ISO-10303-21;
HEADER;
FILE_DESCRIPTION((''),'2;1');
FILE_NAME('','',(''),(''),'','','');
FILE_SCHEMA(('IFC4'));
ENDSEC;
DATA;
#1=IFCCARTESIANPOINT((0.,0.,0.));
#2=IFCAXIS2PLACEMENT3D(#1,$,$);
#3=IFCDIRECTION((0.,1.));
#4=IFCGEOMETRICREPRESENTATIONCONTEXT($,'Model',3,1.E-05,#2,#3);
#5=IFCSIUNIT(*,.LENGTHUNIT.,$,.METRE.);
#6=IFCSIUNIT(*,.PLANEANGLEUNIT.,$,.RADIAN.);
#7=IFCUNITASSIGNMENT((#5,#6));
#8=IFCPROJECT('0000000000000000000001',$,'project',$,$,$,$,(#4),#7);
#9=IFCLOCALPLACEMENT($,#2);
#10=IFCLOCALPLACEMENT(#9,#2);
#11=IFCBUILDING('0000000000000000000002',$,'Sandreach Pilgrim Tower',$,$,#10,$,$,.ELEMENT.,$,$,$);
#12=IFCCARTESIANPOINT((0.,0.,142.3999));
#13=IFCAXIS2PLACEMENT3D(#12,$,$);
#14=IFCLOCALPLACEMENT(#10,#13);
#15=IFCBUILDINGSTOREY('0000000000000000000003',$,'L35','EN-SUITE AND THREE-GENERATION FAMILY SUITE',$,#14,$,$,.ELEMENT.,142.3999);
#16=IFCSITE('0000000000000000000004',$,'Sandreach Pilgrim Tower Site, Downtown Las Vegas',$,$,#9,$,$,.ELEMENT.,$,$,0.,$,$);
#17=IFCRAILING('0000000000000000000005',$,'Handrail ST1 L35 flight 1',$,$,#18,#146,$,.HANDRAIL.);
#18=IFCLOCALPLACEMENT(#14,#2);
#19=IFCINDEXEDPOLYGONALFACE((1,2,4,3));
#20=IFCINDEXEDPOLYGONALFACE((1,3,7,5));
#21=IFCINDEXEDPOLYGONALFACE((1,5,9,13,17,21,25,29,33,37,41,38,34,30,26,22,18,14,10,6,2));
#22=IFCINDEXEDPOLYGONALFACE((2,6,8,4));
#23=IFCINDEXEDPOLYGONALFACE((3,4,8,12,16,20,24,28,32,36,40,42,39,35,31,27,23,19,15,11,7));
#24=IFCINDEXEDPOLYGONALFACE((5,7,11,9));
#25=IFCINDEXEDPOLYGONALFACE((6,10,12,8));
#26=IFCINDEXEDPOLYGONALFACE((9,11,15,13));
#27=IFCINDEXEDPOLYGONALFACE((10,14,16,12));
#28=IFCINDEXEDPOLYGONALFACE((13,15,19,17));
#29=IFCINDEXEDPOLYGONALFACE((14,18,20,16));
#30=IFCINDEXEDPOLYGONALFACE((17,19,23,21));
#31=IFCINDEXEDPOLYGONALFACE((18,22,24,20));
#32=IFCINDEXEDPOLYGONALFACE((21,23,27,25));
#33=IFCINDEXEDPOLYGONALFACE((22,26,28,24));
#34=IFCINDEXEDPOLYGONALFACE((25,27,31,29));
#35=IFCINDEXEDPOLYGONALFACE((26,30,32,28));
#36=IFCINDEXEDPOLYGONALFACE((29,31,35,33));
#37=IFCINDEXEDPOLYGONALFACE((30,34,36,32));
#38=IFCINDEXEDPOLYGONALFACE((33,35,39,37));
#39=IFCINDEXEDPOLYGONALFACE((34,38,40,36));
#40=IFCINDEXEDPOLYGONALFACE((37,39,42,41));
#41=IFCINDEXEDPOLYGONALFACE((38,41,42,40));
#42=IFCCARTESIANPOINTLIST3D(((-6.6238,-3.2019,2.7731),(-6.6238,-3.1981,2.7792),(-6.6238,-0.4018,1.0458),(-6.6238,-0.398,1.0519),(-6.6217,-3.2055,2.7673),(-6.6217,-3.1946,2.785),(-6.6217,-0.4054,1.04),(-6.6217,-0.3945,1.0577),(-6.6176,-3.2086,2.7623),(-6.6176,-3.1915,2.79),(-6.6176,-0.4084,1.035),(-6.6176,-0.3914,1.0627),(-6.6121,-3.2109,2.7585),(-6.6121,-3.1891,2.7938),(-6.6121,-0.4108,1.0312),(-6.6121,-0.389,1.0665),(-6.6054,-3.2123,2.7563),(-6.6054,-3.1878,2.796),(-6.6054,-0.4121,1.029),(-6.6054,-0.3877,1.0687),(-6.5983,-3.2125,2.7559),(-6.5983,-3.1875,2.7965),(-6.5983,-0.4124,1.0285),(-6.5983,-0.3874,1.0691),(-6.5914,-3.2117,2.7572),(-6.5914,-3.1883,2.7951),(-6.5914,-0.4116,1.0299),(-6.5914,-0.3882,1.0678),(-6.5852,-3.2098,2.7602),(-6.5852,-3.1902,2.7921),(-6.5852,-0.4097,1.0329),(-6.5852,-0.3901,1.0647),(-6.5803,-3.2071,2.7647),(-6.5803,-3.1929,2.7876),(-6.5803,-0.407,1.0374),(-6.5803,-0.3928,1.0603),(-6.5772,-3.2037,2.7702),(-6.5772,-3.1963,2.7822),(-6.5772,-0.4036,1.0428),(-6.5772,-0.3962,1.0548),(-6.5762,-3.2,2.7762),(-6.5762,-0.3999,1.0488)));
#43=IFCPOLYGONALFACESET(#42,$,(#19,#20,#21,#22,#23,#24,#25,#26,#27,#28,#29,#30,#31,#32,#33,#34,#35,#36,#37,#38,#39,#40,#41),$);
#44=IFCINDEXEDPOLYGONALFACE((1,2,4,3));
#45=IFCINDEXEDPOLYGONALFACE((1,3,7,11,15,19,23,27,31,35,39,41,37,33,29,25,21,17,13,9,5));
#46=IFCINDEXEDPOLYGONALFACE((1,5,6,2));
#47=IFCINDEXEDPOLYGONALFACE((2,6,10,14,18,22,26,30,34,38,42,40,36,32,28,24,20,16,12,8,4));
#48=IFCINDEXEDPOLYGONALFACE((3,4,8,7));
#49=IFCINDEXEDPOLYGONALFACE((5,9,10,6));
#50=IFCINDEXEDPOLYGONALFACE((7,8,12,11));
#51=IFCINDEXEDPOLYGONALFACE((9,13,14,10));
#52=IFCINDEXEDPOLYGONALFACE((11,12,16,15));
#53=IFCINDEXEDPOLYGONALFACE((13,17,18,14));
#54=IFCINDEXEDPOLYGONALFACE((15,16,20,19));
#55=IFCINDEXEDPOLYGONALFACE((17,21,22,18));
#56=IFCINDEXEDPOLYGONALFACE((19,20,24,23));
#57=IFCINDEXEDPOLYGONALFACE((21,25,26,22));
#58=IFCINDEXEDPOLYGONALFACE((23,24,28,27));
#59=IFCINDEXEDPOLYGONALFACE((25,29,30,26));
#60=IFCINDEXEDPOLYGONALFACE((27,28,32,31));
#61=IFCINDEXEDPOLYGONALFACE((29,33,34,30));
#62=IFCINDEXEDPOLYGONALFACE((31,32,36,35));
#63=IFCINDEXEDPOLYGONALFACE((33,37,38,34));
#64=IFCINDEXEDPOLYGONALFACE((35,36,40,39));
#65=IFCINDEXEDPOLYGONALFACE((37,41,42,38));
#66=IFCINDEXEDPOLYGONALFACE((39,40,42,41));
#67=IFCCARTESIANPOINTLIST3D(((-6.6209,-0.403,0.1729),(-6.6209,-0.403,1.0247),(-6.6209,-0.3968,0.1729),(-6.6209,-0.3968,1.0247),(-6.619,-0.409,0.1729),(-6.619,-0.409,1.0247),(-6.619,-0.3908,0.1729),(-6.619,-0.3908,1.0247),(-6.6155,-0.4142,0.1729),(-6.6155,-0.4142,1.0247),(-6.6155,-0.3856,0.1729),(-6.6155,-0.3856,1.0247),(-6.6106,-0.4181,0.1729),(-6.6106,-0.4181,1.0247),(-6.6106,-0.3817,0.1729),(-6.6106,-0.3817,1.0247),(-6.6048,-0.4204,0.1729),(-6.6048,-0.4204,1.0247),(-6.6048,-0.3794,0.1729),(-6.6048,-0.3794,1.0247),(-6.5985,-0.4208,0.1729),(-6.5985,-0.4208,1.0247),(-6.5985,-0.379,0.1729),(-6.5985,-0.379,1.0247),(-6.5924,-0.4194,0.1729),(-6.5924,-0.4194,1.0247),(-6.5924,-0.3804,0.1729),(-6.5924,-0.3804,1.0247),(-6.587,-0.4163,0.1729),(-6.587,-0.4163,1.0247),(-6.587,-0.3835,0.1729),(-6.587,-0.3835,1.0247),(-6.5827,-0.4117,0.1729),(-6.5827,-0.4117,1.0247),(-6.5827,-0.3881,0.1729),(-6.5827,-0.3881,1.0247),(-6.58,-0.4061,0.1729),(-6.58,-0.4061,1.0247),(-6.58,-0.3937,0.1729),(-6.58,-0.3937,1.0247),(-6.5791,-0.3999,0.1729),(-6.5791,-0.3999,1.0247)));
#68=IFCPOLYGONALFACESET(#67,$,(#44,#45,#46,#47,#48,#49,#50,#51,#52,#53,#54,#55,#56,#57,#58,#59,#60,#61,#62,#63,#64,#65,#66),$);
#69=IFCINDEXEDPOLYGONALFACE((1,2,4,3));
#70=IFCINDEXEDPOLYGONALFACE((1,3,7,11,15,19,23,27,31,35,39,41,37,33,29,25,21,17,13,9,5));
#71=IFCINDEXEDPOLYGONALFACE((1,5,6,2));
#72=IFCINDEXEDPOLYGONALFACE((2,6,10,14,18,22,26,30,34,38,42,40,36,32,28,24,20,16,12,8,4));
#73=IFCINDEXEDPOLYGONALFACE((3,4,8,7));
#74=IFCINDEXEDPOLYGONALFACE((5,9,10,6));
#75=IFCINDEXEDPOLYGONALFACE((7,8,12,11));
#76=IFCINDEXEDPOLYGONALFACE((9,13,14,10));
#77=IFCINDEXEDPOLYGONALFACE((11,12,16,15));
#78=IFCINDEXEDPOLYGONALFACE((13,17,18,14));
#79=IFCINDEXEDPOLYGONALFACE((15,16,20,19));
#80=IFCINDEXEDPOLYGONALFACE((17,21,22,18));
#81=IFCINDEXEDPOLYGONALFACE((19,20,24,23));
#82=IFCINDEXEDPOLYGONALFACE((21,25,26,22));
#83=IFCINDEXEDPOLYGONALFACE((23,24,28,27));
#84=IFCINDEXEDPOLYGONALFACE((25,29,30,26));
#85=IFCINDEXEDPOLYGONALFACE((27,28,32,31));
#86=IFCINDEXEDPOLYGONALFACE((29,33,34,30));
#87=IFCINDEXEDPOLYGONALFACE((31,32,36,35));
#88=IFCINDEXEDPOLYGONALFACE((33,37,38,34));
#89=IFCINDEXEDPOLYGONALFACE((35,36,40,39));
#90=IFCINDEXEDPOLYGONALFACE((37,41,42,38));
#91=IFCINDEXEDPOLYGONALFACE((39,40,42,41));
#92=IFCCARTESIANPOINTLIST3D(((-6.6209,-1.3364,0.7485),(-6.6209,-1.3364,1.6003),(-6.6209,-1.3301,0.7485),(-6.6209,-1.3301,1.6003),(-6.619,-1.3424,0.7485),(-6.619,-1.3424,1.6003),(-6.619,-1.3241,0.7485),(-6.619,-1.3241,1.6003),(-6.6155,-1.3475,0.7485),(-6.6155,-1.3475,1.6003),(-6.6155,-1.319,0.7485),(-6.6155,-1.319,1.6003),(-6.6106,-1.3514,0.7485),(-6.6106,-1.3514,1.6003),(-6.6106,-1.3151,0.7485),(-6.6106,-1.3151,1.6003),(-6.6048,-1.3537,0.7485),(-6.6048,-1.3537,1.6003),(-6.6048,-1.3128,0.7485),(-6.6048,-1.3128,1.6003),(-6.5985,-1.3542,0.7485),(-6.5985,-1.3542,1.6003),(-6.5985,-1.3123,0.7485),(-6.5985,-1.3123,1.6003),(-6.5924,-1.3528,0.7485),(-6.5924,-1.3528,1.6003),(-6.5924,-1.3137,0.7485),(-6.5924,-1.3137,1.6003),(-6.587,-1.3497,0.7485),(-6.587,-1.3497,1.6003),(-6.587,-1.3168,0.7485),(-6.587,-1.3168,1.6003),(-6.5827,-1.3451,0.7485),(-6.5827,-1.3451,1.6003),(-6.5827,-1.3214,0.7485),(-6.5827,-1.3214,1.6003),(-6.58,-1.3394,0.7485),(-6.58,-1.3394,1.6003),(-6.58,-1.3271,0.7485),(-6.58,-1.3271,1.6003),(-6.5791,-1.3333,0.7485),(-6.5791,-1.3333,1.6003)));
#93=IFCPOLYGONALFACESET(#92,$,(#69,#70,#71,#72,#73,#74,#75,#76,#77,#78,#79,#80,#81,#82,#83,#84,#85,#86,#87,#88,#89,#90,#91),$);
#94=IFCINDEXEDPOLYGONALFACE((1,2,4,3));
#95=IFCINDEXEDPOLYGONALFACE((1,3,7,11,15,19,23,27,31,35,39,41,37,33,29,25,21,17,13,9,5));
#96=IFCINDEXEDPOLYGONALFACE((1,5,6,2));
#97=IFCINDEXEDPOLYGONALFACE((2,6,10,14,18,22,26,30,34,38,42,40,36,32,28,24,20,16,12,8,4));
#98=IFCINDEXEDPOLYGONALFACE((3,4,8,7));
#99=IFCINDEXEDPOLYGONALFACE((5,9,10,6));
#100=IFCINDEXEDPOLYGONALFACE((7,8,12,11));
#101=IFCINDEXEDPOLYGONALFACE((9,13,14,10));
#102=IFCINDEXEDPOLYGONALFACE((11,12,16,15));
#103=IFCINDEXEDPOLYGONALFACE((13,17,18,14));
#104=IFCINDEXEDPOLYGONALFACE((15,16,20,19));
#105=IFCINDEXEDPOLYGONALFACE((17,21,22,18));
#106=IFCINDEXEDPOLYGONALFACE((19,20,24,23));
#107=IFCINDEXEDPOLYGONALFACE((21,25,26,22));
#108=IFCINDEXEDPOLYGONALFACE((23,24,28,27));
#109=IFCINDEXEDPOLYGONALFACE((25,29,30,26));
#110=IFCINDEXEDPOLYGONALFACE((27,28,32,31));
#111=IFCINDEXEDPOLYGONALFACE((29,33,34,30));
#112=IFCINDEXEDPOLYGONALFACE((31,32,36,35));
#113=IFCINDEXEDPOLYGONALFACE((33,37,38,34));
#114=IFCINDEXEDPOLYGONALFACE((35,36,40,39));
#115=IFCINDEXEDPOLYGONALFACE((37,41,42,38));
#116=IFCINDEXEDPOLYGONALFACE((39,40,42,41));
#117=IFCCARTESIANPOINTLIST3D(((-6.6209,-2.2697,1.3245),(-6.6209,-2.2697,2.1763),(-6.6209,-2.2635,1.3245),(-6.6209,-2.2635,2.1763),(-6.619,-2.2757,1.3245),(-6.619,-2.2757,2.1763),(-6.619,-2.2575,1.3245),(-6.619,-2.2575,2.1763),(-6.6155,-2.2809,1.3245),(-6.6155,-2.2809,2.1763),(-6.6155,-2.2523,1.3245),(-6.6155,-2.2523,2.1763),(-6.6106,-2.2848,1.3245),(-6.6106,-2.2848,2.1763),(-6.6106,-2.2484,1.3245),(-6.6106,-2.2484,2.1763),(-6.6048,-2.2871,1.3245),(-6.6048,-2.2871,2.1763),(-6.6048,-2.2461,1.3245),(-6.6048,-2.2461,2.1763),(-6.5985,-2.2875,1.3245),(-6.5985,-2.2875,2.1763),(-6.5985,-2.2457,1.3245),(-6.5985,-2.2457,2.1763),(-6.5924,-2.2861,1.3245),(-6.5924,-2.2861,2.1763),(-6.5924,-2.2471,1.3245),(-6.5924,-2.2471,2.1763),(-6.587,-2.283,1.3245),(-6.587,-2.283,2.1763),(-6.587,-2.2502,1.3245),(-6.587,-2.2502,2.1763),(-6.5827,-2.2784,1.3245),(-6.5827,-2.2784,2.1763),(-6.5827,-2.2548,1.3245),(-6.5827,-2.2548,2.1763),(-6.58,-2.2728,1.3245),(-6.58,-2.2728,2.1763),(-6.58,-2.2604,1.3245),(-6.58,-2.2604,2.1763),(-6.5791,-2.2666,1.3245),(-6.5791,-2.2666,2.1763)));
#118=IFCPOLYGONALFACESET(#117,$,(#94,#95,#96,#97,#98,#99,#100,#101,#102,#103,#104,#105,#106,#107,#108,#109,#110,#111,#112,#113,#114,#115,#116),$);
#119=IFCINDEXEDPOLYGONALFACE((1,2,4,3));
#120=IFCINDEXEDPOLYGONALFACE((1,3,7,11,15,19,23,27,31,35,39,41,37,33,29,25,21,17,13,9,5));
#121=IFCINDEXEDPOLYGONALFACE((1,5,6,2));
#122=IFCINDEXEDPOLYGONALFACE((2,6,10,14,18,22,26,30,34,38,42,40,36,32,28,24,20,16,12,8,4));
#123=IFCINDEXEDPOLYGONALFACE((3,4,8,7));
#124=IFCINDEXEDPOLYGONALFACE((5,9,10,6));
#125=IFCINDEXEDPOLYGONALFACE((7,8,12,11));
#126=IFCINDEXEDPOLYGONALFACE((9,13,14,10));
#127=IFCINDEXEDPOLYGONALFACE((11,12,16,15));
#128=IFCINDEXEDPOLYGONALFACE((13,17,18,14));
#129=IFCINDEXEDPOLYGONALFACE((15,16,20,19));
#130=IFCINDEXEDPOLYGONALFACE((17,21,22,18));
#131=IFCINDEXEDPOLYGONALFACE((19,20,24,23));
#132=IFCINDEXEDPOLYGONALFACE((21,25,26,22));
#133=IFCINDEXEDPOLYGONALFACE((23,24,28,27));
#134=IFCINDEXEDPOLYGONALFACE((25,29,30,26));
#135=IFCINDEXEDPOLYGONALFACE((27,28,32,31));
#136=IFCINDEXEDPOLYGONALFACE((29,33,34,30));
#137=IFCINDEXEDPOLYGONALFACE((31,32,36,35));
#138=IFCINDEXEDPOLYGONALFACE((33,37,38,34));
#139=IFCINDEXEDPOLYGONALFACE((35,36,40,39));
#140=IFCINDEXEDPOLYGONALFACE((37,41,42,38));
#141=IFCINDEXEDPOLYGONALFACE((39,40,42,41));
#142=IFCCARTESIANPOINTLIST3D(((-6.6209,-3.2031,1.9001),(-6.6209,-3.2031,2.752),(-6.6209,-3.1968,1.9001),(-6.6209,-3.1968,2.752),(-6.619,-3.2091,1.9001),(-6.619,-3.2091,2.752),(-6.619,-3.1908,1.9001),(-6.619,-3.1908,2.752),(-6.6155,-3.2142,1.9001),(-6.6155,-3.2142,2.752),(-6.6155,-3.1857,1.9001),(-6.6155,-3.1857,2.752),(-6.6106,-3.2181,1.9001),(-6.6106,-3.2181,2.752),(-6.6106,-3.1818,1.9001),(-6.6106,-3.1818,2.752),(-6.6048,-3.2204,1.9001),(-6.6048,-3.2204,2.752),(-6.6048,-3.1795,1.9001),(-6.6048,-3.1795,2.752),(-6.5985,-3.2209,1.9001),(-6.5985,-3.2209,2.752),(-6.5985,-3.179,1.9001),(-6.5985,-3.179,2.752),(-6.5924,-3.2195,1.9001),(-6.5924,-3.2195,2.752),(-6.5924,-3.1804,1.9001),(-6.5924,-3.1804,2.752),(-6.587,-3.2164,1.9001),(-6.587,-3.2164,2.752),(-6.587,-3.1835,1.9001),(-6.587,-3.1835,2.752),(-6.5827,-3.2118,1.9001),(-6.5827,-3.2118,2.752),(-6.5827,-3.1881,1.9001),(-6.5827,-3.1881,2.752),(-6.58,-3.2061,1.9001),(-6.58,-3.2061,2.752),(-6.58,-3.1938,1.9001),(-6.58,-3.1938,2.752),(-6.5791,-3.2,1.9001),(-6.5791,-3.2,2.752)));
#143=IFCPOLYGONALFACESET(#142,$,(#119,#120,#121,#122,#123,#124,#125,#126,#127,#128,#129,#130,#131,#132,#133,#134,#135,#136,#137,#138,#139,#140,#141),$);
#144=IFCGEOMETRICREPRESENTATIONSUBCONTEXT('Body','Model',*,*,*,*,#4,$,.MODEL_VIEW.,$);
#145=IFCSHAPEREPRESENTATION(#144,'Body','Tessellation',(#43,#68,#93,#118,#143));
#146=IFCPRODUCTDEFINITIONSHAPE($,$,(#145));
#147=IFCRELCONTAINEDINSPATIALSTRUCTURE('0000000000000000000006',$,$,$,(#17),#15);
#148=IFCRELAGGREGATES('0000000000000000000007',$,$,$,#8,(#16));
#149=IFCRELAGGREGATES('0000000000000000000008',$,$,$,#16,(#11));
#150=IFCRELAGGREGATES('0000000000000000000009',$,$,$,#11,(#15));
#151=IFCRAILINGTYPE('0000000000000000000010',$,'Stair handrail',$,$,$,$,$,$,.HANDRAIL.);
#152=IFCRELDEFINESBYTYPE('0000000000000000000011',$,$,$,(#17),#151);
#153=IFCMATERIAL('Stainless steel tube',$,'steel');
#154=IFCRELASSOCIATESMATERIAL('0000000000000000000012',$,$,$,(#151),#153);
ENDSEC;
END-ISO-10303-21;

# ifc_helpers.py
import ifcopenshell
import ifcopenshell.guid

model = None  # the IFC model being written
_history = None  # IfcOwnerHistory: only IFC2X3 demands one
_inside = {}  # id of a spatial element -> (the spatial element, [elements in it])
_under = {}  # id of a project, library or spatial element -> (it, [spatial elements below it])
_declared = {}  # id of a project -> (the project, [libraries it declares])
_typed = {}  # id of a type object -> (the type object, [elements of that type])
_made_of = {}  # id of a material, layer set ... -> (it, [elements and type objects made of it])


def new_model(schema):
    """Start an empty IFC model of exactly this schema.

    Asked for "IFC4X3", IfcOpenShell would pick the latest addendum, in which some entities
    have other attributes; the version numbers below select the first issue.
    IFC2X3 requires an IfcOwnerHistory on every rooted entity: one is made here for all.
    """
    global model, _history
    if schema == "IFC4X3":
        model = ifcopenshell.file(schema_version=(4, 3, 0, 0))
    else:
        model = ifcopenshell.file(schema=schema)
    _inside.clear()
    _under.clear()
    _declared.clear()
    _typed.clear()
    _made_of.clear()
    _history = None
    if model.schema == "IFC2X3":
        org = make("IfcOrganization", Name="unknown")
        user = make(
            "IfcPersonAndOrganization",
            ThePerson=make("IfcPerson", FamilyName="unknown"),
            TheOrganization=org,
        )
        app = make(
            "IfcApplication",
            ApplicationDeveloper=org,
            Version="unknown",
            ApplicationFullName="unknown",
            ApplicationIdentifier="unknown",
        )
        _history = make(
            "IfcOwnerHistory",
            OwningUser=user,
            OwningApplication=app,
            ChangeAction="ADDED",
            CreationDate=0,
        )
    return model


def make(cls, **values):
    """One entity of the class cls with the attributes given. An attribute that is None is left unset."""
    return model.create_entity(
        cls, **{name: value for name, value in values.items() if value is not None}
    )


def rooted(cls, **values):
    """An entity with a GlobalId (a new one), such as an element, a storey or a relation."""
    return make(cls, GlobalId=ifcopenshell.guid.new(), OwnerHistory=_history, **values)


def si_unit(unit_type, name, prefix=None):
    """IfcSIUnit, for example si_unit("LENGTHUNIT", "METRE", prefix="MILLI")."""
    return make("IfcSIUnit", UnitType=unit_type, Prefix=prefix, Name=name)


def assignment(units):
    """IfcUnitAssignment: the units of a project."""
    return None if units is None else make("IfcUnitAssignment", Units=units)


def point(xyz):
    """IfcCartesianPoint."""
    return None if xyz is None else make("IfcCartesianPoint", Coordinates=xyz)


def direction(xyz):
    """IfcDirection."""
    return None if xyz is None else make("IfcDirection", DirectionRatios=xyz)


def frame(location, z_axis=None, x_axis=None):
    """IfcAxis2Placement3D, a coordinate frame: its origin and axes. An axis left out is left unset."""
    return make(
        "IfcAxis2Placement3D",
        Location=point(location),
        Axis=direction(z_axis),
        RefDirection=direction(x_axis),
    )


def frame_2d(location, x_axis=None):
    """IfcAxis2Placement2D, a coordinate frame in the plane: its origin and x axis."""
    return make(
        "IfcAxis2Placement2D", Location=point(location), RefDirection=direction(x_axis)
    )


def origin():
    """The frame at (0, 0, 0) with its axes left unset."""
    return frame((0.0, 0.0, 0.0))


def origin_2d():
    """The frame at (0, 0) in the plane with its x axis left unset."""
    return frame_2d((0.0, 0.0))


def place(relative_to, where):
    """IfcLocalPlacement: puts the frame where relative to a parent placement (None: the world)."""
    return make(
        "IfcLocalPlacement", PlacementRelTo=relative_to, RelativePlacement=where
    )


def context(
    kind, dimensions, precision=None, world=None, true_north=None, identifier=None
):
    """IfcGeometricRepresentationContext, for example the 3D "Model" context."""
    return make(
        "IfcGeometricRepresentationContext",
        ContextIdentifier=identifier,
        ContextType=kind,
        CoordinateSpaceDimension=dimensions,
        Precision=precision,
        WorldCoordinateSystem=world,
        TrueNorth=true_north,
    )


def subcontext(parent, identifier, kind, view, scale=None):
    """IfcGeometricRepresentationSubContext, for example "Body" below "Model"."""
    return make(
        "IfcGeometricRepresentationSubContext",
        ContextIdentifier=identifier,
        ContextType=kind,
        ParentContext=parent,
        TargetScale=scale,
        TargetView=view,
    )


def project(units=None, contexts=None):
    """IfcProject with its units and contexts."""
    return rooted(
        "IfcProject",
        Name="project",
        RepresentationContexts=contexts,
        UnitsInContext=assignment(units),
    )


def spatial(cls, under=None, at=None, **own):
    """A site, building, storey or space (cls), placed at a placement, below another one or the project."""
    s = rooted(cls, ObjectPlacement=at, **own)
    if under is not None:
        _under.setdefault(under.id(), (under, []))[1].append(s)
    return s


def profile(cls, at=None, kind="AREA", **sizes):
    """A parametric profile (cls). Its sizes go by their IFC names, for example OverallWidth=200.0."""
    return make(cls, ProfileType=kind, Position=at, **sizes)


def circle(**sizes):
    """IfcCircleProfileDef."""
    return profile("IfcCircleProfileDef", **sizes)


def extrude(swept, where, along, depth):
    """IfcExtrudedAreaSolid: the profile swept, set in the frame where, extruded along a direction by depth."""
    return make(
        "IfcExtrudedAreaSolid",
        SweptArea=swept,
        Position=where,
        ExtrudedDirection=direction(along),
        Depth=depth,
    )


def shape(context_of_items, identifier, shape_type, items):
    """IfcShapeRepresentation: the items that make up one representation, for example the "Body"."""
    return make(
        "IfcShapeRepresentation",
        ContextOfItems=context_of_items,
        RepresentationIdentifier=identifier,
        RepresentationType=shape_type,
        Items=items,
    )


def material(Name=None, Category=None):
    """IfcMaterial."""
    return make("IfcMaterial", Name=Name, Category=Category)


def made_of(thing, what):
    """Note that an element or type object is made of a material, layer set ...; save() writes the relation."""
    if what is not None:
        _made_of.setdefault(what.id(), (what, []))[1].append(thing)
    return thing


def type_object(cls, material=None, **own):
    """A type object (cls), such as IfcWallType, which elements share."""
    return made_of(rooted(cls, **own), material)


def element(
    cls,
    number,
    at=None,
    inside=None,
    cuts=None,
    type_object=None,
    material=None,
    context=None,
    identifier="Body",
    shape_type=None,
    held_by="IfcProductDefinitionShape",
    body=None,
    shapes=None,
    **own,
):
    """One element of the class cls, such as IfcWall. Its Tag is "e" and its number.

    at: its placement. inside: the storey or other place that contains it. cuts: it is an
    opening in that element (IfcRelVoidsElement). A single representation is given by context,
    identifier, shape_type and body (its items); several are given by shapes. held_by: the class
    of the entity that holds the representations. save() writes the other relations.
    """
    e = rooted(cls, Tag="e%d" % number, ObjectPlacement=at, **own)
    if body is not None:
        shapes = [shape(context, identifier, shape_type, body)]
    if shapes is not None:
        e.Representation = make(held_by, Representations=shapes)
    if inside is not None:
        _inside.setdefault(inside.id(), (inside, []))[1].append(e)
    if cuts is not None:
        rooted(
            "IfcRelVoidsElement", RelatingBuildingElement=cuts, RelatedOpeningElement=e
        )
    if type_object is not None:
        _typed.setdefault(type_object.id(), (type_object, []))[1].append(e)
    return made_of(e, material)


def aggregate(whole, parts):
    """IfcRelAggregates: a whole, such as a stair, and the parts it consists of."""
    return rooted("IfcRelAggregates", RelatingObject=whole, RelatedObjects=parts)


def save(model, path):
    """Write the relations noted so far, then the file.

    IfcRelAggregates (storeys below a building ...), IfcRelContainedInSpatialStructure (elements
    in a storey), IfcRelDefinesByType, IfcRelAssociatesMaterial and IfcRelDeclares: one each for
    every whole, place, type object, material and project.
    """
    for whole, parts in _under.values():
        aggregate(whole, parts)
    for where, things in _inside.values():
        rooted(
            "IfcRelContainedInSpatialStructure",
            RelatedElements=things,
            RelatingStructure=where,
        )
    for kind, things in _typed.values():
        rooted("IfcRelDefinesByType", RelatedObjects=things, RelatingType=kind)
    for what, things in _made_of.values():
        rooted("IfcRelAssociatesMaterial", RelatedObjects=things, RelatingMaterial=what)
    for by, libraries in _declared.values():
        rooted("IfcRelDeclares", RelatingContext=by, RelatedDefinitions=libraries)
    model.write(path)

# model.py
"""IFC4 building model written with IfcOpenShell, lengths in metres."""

from ifc_helpers import new_model, si_unit, direction, frame, origin, origin_2d, place, context, subcontext, project, spatial, circle, extrude, material, type_object, element, save


model = new_model("IFC4")

# Units and contexts
model_context = context("Model", 3, precision=1e-05, world=origin(), true_north=direction((0.0, 1.0)))
body_context = subcontext(model_context, "Body", "Model", "MODEL_VIEW")
ifc_project = project(units=[si_unit("LENGTHUNIT", "METRE"), si_unit("PLANEANGLEUNIT", "RADIAN")], contexts=[model_context])

# Site, building, storey
site_placement = place(None, origin())
site = spatial("IfcSite", under=ifc_project, at=site_placement, Name="Sandreach Pilgrim Tower Site, Downtown Las Vegas", CompositionType="ELEMENT", RefElevation=0.0)
building_placement = place(site_placement, origin())
building = spatial("IfcBuilding", under=site, at=building_placement, Name="Sandreach Pilgrim Tower", CompositionType="ELEMENT")
storey_placement = place(building_placement, frame((0.0, 0.0, 142.3999)))
storey = spatial("IfcBuildingStorey", under=building, at=storey_placement, Name="L35", Description="EN-SUITE AND THREE-GENERATION FAMILY SUITE", CompositionType="ELEMENT", Elevation=142.3999)

# Railing
ifc_material_1 = material(Name="Stainless steel tube", Category="steel")
railing_type = type_object("IfcRailingType", Name="Stair handrail", PredefinedType="HANDRAIL", material=ifc_material_1)
for number, where, name in (
    (1, (-6.6001, -0.3999, 0.1729), "Handrail ST1 L35 flight 1"),
):
    element("IfcRailing", number, at=place(storey_placement, frame(where)), inside=storey, type_object=railing_type, Name=name, PredefinedType="HANDRAIL", context=body_context, shape_type="SweptSolid", body=[
        extrude(circle(Radius=0.0239, at=origin_2d()), frame((0.0, 0.0, 0.876), z_axis=(0.0, -0.85109, 0.52502), x_axis=(1.0, 0.0, 0.0)), (0.0, 0.0, 1.0), 3.29),
        extrude(circle(Radius=0.021, at=origin_2d()), origin(), (0.0, 0.0, 1.0), 0.8518),
        extrude(circle(Radius=0.021, at=origin_2d()), frame((0.0, -0.9333, 0.5757)), (0.0, 0.0, 1.0), 0.8518),
        extrude(circle(Radius=0.021, at=origin_2d()), frame((0.0, -1.8667, 1.1516)), (0.0, 0.0, 1.0), 0.8518),
        extrude(circle(Radius=0.021, at=origin_2d()), frame((0.0, -2.8, 1.7273)), (0.0, 0.0, 1.0), 0.8518),
    ])

save(model, "model.ifc")
